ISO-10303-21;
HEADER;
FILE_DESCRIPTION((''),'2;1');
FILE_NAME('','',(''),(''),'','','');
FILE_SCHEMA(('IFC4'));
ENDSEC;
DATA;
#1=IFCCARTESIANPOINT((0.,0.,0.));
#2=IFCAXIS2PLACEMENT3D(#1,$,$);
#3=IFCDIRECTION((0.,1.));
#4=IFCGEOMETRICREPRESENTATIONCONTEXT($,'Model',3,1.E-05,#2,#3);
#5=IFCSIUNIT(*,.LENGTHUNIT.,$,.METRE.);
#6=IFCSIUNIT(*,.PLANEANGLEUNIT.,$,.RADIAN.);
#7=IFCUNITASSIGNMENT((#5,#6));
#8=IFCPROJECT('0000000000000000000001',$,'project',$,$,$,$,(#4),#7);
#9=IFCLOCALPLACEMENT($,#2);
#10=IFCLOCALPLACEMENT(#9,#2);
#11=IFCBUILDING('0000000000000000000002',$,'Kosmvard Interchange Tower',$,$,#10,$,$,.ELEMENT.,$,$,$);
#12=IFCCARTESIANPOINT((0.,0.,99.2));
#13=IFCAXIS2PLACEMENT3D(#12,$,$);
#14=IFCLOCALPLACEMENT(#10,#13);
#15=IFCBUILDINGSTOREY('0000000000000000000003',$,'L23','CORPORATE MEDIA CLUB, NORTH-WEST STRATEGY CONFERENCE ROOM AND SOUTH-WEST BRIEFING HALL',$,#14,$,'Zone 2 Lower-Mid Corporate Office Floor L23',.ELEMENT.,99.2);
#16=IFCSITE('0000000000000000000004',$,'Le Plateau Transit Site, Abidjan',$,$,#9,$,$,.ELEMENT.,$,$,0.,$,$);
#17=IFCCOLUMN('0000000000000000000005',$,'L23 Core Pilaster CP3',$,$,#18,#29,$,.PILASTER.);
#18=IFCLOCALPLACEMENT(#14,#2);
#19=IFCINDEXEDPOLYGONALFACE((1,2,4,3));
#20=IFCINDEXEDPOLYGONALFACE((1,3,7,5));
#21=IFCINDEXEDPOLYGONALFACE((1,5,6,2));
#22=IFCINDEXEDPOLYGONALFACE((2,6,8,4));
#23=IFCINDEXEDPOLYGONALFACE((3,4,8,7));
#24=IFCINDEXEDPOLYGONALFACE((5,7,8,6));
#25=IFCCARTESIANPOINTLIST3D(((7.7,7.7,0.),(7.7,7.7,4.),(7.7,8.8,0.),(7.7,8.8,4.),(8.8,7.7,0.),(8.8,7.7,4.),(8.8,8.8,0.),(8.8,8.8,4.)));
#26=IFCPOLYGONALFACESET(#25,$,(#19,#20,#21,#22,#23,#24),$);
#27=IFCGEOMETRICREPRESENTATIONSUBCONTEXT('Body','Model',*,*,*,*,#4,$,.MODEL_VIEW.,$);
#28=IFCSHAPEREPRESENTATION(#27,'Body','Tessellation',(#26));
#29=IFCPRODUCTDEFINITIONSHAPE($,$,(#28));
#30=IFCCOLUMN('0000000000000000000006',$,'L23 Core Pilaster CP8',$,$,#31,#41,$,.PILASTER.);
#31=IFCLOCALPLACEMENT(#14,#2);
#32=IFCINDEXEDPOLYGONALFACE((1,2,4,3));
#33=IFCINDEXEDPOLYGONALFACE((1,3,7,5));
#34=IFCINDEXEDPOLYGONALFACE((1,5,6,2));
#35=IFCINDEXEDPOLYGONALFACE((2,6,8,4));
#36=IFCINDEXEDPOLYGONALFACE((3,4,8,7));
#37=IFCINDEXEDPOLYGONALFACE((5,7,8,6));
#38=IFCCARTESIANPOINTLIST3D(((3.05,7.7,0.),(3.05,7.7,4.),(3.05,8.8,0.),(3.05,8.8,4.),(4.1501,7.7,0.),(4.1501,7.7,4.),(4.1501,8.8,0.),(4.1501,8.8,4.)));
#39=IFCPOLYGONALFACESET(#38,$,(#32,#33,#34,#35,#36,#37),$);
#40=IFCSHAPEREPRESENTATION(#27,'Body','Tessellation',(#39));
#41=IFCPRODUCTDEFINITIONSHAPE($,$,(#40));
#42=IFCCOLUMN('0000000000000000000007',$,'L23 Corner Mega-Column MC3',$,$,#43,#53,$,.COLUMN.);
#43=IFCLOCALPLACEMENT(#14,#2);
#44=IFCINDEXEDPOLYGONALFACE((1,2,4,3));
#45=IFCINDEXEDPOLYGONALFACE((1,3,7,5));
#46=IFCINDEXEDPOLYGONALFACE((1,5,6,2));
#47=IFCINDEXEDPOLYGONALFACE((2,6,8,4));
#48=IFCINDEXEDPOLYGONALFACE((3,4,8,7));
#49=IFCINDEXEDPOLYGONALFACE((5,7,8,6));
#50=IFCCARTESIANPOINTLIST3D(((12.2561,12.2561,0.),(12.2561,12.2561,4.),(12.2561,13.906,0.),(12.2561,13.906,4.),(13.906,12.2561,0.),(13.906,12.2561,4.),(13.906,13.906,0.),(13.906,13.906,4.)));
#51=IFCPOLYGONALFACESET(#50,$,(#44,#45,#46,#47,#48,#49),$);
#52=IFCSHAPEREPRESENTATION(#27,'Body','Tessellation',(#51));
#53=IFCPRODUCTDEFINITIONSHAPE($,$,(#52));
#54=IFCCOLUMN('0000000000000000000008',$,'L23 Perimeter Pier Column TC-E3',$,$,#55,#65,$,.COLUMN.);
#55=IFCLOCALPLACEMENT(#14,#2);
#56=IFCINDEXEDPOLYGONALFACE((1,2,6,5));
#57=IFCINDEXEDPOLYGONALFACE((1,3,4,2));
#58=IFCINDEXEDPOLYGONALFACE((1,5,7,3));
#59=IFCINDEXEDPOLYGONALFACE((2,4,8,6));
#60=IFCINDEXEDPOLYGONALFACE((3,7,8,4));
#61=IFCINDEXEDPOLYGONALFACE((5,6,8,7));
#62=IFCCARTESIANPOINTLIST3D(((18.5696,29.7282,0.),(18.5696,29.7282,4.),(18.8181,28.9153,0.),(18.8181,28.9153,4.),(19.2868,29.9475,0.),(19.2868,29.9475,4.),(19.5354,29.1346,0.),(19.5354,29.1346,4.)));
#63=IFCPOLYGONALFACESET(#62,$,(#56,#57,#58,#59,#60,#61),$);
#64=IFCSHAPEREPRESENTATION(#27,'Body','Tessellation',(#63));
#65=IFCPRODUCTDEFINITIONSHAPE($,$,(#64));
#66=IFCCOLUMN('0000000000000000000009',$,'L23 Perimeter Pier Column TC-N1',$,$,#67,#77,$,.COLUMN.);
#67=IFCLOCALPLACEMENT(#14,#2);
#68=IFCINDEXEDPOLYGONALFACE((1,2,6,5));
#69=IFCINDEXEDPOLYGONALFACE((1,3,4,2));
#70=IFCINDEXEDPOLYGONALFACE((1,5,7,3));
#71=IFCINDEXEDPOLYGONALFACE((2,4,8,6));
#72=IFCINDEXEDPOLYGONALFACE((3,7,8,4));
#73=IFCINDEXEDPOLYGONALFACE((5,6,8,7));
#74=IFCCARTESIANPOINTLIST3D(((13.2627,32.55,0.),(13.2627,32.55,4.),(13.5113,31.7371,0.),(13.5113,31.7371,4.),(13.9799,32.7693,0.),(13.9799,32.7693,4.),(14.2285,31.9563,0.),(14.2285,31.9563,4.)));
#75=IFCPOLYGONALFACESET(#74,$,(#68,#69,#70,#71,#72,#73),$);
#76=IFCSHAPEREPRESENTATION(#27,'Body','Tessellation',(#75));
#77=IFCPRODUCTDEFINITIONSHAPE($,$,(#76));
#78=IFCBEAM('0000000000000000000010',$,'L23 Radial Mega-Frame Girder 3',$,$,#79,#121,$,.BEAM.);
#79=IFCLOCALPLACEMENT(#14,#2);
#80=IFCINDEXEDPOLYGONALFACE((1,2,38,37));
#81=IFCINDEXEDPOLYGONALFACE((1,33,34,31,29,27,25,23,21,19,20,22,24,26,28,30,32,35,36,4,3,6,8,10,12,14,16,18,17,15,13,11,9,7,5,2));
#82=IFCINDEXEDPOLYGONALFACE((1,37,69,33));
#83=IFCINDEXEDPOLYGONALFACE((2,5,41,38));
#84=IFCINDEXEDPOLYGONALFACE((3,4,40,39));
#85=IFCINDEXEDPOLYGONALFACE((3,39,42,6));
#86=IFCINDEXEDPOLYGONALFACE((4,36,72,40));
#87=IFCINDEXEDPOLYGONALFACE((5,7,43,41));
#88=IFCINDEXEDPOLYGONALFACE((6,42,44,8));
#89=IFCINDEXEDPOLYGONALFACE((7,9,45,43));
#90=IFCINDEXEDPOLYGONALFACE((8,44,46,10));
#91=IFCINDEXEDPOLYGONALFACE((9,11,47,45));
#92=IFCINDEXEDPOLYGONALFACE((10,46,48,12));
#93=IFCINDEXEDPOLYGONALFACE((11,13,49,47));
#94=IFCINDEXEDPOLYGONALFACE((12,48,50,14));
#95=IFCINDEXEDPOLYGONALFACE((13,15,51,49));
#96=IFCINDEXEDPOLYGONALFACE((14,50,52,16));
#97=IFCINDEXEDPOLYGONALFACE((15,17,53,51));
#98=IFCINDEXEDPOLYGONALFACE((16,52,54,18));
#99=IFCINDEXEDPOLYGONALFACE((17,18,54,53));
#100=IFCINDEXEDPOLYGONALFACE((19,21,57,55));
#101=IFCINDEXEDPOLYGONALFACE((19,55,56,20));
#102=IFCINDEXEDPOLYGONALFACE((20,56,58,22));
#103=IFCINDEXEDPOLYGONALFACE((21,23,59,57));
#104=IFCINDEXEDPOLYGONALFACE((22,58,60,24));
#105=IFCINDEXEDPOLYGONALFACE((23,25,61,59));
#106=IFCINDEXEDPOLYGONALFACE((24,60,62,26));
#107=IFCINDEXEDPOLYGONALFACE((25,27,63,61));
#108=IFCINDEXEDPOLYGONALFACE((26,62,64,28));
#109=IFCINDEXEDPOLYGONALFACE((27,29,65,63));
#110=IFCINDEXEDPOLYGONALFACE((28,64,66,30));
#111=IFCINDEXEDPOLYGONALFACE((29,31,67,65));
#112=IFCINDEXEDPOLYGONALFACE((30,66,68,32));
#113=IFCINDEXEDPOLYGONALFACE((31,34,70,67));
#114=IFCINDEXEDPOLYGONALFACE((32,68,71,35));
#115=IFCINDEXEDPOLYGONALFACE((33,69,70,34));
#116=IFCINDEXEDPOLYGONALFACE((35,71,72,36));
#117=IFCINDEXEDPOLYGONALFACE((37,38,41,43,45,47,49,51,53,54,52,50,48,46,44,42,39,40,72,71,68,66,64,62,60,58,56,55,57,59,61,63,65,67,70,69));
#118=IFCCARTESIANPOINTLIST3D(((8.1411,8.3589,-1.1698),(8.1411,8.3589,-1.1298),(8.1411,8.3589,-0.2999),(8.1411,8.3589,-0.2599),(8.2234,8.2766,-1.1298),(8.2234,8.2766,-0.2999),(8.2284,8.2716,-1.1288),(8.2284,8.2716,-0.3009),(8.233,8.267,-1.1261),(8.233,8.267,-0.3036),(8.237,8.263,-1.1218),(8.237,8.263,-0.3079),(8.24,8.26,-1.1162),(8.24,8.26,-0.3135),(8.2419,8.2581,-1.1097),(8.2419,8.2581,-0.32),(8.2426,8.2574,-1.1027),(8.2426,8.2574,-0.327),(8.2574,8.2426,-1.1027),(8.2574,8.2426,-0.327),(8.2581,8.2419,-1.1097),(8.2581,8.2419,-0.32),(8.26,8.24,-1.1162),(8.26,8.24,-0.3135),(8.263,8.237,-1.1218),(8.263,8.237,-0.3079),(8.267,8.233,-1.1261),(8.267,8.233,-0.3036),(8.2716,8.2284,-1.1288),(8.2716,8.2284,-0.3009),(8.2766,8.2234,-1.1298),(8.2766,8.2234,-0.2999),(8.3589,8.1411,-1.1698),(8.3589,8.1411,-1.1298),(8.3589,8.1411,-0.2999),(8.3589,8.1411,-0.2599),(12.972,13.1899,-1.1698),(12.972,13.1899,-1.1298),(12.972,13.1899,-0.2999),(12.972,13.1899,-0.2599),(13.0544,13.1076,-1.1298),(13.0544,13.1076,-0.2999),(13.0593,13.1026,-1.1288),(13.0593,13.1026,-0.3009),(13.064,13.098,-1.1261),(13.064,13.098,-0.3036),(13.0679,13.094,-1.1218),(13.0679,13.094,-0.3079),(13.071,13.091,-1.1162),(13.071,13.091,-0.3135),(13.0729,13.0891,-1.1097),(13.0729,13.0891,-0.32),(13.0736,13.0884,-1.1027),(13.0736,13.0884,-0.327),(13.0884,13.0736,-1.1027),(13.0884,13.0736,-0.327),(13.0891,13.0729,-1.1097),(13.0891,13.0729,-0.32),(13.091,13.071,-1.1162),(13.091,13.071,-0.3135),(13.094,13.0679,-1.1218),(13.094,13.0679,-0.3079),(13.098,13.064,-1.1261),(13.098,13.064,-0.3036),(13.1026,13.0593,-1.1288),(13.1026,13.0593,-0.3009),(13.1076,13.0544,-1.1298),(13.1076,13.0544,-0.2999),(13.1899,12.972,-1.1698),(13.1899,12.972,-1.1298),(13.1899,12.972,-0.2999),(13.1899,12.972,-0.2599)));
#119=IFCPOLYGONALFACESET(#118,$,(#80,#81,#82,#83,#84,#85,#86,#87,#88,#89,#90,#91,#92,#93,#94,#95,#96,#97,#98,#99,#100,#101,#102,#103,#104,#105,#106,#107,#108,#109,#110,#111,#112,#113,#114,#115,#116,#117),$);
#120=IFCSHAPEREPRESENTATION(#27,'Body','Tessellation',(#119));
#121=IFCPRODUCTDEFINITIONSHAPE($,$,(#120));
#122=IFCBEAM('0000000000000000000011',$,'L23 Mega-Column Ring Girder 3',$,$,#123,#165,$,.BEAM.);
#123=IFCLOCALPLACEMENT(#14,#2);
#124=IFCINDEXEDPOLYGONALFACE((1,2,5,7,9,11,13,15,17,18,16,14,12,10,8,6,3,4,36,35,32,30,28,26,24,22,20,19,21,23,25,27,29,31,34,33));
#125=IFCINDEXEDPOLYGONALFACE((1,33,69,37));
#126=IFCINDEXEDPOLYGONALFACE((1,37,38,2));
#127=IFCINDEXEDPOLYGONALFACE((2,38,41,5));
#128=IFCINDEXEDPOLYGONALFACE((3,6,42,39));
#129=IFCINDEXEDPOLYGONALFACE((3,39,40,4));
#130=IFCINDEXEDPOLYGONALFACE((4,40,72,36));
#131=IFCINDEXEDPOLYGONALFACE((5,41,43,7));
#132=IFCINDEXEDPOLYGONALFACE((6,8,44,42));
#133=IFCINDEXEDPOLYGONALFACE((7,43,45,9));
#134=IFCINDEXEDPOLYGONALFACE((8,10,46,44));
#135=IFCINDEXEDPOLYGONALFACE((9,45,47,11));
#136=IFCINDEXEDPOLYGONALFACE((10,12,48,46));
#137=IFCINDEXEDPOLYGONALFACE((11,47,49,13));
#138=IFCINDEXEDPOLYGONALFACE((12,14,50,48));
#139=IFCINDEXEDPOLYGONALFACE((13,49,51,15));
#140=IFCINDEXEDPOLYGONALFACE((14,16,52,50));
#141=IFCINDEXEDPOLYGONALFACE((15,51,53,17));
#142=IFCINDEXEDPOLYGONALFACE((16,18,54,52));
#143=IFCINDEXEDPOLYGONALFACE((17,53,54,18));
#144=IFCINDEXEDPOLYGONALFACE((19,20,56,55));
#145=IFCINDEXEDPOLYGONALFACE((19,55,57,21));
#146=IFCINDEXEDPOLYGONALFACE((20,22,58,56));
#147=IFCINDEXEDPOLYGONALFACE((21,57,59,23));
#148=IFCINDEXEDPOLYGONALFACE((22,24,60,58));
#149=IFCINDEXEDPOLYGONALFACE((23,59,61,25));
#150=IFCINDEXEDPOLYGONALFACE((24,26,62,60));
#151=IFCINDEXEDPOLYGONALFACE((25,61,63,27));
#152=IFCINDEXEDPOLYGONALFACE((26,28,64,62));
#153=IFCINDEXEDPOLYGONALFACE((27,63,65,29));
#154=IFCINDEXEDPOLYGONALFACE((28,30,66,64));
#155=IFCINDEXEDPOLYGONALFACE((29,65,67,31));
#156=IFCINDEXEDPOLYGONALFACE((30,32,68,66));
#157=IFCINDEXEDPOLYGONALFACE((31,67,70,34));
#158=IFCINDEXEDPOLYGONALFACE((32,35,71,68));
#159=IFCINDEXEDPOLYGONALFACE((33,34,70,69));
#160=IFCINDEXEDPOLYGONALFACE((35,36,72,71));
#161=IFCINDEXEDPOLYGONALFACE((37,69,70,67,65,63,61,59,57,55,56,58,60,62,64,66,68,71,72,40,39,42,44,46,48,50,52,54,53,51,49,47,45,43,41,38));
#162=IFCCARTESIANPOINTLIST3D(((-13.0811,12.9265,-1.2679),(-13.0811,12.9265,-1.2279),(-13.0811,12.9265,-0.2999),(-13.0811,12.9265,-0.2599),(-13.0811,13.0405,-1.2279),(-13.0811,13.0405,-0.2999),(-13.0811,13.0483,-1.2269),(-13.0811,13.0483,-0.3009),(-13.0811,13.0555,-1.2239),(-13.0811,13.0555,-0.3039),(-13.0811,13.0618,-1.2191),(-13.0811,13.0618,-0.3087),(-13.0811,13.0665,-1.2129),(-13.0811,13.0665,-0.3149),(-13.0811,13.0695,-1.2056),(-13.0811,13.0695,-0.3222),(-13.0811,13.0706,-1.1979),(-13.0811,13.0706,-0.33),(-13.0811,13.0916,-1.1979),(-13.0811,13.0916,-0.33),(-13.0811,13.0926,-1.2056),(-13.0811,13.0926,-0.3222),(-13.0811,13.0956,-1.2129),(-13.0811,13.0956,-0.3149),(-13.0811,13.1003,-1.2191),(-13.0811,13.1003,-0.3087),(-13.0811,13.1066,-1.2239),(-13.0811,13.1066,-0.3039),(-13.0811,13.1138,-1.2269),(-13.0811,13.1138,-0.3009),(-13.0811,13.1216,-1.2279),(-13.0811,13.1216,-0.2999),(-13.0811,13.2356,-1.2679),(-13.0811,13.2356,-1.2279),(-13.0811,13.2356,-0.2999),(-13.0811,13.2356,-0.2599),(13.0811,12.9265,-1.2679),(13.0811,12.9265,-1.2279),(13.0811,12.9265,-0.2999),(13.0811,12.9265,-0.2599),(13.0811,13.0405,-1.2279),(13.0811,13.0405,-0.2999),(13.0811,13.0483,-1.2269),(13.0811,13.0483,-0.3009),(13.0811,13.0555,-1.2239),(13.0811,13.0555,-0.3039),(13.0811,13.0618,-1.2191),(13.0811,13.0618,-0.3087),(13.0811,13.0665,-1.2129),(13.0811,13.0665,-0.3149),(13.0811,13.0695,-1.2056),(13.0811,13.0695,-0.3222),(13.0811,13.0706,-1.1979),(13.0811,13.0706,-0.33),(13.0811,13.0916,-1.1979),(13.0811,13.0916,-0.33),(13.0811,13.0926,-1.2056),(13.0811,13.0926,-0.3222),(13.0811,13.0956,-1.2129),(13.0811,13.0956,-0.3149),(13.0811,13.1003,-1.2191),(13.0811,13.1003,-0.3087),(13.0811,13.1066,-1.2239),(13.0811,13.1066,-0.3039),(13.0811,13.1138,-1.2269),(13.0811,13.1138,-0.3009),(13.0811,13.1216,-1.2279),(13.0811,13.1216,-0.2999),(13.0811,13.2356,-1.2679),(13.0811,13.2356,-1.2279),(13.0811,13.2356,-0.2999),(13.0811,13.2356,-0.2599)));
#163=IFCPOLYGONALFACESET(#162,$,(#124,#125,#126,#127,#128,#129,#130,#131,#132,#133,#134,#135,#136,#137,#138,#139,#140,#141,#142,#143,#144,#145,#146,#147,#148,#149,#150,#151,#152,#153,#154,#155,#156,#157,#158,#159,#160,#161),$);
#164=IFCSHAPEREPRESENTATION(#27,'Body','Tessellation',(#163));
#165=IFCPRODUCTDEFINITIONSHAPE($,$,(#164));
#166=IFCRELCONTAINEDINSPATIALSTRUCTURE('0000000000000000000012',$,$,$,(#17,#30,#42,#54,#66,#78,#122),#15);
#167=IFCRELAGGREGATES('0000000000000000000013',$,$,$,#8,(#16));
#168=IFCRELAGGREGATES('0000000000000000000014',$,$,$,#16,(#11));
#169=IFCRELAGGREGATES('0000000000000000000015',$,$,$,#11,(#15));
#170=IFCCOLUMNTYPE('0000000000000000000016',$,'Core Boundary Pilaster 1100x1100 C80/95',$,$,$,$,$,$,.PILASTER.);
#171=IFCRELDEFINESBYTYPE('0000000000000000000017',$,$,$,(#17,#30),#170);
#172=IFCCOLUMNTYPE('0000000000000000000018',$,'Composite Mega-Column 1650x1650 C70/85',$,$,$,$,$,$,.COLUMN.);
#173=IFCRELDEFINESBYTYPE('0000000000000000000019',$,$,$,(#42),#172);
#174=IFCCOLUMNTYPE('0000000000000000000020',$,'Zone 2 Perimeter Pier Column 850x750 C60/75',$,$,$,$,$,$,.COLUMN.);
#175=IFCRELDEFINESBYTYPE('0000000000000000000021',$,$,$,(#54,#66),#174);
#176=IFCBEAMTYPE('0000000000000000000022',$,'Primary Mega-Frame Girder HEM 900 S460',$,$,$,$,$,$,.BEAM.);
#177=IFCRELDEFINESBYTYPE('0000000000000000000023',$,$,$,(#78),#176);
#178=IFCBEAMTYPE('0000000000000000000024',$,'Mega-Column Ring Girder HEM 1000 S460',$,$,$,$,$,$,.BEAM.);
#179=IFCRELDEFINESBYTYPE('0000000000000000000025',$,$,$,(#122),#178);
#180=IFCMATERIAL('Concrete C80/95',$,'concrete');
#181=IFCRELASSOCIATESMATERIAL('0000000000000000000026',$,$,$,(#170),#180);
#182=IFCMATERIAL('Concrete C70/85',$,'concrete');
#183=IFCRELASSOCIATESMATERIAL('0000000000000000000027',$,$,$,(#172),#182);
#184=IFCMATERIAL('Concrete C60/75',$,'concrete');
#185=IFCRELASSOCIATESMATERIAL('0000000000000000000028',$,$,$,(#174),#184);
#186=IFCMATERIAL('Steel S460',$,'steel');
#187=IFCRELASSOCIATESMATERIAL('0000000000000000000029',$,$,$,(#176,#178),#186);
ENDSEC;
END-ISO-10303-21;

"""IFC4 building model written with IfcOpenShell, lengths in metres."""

from ifc_helpers import new_model, si_unit, direction, frame, origin, origin_2d, place, context, subcontext, project, spatial, rectangle, i_section, extrude, source, transform, mapped, material, material_profile, profile_set, type_object, element, save


model = new_model("IFC4")

# Units and contexts
model_context = context("Model", 3, precision=1e-05, world=origin(), true_north=direction((0.0, 1.0)))
body_context = subcontext(model_context, "Body", "Model", "MODEL_VIEW")
ifc_project = project(units=[si_unit("LENGTHUNIT", "METRE"), si_unit("PLANEANGLEUNIT", "RADIAN")], contexts=[model_context])

# Site, building, storey
site_placement = place(None, origin())
site = spatial("IfcSite", under=ifc_project, at=site_placement, Name="Le Plateau Transit Site, Abidjan", CompositionType="ELEMENT", RefElevation=0.0)
building_placement = place(site_placement, origin())
building = spatial("IfcBuilding", under=site, at=building_placement, Name="Kosmvard Interchange Tower", CompositionType="ELEMENT")
storey_placement = place(building_placement, frame((0.0, 0.0, 99.2)))
storey = spatial("IfcBuildingStorey", under=building, at=storey_placement, Name="L23", Description="CORPORATE MEDIA CLUB, NORTH-WEST STRATEGY CONFERENCE ROOM AND SOUTH-WEST BRIEFING HALL", LongName="Zone 2 Lower-Mid Corporate Office Floor L23", CompositionType="ELEMENT", Elevation=99.2)

# Columns
ifc_material_1 = material(Name="Concrete C80/95", Category="concrete")
ifc_material_profile_1 = material_profile(ifc_material_1, rectangle(XDim=1.1001, YDim=1.1001, at=origin_2d()), Name="CP 1100x1100")
ifc_profile_set_1 = profile_set([ifc_material_profile_1], Name="Concrete C80/95")
column_type_1 = type_object("IfcColumnType", Name="Core Boundary Pilaster 1100x1100 C80/95", PredefinedType="PILASTER", material=ifc_profile_set_1)
shared_shape_1 = source(origin(), body_context, "Body", "SweptSolid", [
    extrude(rectangle(XDim=1.1001, YDim=1.1001, at=origin_2d()), origin(), (0.0, 0.0, 1.0), 4.0),
])
for number, where, z_axis, x_axis, name in (
    (1, (8.25, 8.25, 0.0), (0.0, 0.0, 1.0), (1.0, 0.0, 0.0), "L23 Core Pilaster CP3"),
    (2, (3.6001, 8.25, 0.0), (0.0, 0.0, 1.0), (1.0, 0.0, 0.0), "L23 Core Pilaster CP8"),
):
    element("IfcColumn", number, at=place(storey_placement, frame(where, z_axis=z_axis, x_axis=x_axis)), inside=storey, type_object=column_type_1, Name=name, PredefinedType="PILASTER", context=body_context, shape_type="MappedRepresentation", body=[
        mapped(shared_shape_1, transform((0.0, 0.0, 0.0), scale=1.0)),
    ])
ifc_material_2 = material(Name="Concrete C70/85", Category="concrete")
ifc_material_profile_2 = material_profile(ifc_material_2, rectangle(XDim=1.6499, YDim=1.6499, at=origin_2d()), Name="MC 1650x1650")
ifc_profile_set_2 = profile_set([ifc_material_profile_2], Name="Concrete C70/85")
column_type_2 = type_object("IfcColumnType", Name="Composite Mega-Column 1650x1650 C70/85", PredefinedType="COLUMN", material=ifc_profile_set_2)
shared_shape_2 = source(origin(), body_context, "Body", "SweptSolid", [
    extrude(rectangle(XDim=1.6499, YDim=1.6499, at=origin_2d()), origin(), (0.0, 0.0, 1.0), 4.0),
])
column_placement = place(storey_placement, frame((13.0811, 13.0811, 0.0), z_axis=(0.0, 0.0, 1.0), x_axis=(1.0, 0.0, 0.0)))
element("IfcColumn", 3, at=column_placement, inside=storey, type_object=column_type_2, Name="L23 Corner Mega-Column MC3", PredefinedType="COLUMN", context=body_context, shape_type="MappedRepresentation", body=[
    mapped(shared_shape_2, transform((0.0, 0.0, 0.0), scale=1.0)),
])
ifc_material_3 = material(Name="Concrete C60/75", Category="concrete")
ifc_material_profile_3 = material_profile(ifc_material_3, rectangle(XDim=0.75, YDim=0.8501, at=origin_2d()), Name="TC 850x750")
ifc_profile_set_3 = profile_set([ifc_material_profile_3], Name="Concrete C60/75")
column_type_3 = type_object("IfcColumnType", Name="Zone 2 Perimeter Pier Column 850x750 C60/75", PredefinedType="COLUMN", material=ifc_profile_set_3)
shared_shape_3 = source(origin(), body_context, "Body", "SweptSolid", [
    extrude(rectangle(XDim=0.75, YDim=0.8501, at=origin_2d()), origin(), (0.0, 0.0, 1.0), 4.0),
])
for number, where, z_axis, x_axis, name in (
    (4, (19.0525, 29.4314, 0.0), (0.0, 0.0, 1.0), (0.956305, 0.292372, 0.0), "L23 Perimeter Pier Column TC-E3"),
    (5, (13.7456, 32.2532, 0.0), (0.0, 0.0, 1.0), (0.956305, 0.292372, 0.0), "L23 Perimeter Pier Column TC-N1"),
):
    element("IfcColumn", number, at=place(storey_placement, frame(where, z_axis=z_axis, x_axis=x_axis)), inside=storey, type_object=column_type_3, Name=name, PredefinedType="COLUMN", context=body_context, shape_type="MappedRepresentation", body=[
        mapped(shared_shape_3, transform((0.0, 0.0, 0.0), scale=1.0)),
    ])

# Beams
ifc_material_4 = material(Name="Steel S460", Category="steel")
ifc_material_profile_4 = material_profile(ifc_material_4, i_section(OverallWidth=0.3081, OverallDepth=0.9099, WebThickness=0.021, FlangeThickness=0.04, FilletRadius=0.0271, at=origin_2d()), Name="HEM 900")
ifc_profile_set_4 = profile_set([ifc_material_profile_4], Name="Steel S460")
beam_type_1 = type_object("IfcBeamType", Name="Primary Mega-Frame Girder HEM 900 S460", PredefinedType="BEAM", material=ifc_profile_set_4)
shared_shape_4 = source(origin(), body_context, "Body", "SweptSolid", [
    extrude(i_section(OverallWidth=0.3081, OverallDepth=0.9099, WebThickness=0.021, FlangeThickness=0.04, FilletRadius=0.0271, at=origin_2d()), origin(), (0.0, 0.0, 1.0), 6.832),
])
beam_1_placement = place(storey_placement, frame((8.25, 8.25, -0.7148), z_axis=(0.707107, 0.707107, 0.0), x_axis=(-0.707107, 0.707107, 0.0)))
element("IfcBeam", 6, at=beam_1_placement, inside=storey, type_object=beam_type_1, Name="L23 Radial Mega-Frame Girder 3", PredefinedType="BEAM", context=body_context, shape_type="MappedRepresentation", body=[
    mapped(shared_shape_4, transform((0.0, 0.0, 0.0), scale=1.0)),
])
ifc_material_profile_5 = material_profile(ifc_material_4, i_section(OverallWidth=0.3091, OverallDepth=1.0081, WebThickness=0.021, FlangeThickness=0.04, FilletRadius=0.03, at=origin_2d()), Name="HEM 1000")
ifc_profile_set_5 = profile_set([ifc_material_profile_5], Name="Steel S460")
beam_type_2 = type_object("IfcBeamType", Name="Mega-Column Ring Girder HEM 1000 S460", PredefinedType="BEAM", material=ifc_profile_set_5)
shared_shape_5 = source(origin(), body_context, "Body", "SweptSolid", [
    extrude(i_section(OverallWidth=0.3091, OverallDepth=1.0081, WebThickness=0.021, FlangeThickness=0.04, FilletRadius=0.03, at=origin_2d()), origin(), (0.0, 0.0, 1.0), 26.1621),
])
beam_2_placement = place(storey_placement, frame((13.0811, 13.0811, -0.7639), z_axis=(-1.0, 0.0, 0.0), x_axis=(0.0, -1.0, 0.0)))
element("IfcBeam", 7, at=beam_2_placement, inside=storey, type_object=beam_type_2, Name="L23 Mega-Column Ring Girder 3", PredefinedType="BEAM", context=body_context, shape_type="MappedRepresentation", body=[
    mapped(shared_shape_5, transform((0.0, 0.0, 0.0), scale=1.0)),
])

save(model, "model.ifc")
